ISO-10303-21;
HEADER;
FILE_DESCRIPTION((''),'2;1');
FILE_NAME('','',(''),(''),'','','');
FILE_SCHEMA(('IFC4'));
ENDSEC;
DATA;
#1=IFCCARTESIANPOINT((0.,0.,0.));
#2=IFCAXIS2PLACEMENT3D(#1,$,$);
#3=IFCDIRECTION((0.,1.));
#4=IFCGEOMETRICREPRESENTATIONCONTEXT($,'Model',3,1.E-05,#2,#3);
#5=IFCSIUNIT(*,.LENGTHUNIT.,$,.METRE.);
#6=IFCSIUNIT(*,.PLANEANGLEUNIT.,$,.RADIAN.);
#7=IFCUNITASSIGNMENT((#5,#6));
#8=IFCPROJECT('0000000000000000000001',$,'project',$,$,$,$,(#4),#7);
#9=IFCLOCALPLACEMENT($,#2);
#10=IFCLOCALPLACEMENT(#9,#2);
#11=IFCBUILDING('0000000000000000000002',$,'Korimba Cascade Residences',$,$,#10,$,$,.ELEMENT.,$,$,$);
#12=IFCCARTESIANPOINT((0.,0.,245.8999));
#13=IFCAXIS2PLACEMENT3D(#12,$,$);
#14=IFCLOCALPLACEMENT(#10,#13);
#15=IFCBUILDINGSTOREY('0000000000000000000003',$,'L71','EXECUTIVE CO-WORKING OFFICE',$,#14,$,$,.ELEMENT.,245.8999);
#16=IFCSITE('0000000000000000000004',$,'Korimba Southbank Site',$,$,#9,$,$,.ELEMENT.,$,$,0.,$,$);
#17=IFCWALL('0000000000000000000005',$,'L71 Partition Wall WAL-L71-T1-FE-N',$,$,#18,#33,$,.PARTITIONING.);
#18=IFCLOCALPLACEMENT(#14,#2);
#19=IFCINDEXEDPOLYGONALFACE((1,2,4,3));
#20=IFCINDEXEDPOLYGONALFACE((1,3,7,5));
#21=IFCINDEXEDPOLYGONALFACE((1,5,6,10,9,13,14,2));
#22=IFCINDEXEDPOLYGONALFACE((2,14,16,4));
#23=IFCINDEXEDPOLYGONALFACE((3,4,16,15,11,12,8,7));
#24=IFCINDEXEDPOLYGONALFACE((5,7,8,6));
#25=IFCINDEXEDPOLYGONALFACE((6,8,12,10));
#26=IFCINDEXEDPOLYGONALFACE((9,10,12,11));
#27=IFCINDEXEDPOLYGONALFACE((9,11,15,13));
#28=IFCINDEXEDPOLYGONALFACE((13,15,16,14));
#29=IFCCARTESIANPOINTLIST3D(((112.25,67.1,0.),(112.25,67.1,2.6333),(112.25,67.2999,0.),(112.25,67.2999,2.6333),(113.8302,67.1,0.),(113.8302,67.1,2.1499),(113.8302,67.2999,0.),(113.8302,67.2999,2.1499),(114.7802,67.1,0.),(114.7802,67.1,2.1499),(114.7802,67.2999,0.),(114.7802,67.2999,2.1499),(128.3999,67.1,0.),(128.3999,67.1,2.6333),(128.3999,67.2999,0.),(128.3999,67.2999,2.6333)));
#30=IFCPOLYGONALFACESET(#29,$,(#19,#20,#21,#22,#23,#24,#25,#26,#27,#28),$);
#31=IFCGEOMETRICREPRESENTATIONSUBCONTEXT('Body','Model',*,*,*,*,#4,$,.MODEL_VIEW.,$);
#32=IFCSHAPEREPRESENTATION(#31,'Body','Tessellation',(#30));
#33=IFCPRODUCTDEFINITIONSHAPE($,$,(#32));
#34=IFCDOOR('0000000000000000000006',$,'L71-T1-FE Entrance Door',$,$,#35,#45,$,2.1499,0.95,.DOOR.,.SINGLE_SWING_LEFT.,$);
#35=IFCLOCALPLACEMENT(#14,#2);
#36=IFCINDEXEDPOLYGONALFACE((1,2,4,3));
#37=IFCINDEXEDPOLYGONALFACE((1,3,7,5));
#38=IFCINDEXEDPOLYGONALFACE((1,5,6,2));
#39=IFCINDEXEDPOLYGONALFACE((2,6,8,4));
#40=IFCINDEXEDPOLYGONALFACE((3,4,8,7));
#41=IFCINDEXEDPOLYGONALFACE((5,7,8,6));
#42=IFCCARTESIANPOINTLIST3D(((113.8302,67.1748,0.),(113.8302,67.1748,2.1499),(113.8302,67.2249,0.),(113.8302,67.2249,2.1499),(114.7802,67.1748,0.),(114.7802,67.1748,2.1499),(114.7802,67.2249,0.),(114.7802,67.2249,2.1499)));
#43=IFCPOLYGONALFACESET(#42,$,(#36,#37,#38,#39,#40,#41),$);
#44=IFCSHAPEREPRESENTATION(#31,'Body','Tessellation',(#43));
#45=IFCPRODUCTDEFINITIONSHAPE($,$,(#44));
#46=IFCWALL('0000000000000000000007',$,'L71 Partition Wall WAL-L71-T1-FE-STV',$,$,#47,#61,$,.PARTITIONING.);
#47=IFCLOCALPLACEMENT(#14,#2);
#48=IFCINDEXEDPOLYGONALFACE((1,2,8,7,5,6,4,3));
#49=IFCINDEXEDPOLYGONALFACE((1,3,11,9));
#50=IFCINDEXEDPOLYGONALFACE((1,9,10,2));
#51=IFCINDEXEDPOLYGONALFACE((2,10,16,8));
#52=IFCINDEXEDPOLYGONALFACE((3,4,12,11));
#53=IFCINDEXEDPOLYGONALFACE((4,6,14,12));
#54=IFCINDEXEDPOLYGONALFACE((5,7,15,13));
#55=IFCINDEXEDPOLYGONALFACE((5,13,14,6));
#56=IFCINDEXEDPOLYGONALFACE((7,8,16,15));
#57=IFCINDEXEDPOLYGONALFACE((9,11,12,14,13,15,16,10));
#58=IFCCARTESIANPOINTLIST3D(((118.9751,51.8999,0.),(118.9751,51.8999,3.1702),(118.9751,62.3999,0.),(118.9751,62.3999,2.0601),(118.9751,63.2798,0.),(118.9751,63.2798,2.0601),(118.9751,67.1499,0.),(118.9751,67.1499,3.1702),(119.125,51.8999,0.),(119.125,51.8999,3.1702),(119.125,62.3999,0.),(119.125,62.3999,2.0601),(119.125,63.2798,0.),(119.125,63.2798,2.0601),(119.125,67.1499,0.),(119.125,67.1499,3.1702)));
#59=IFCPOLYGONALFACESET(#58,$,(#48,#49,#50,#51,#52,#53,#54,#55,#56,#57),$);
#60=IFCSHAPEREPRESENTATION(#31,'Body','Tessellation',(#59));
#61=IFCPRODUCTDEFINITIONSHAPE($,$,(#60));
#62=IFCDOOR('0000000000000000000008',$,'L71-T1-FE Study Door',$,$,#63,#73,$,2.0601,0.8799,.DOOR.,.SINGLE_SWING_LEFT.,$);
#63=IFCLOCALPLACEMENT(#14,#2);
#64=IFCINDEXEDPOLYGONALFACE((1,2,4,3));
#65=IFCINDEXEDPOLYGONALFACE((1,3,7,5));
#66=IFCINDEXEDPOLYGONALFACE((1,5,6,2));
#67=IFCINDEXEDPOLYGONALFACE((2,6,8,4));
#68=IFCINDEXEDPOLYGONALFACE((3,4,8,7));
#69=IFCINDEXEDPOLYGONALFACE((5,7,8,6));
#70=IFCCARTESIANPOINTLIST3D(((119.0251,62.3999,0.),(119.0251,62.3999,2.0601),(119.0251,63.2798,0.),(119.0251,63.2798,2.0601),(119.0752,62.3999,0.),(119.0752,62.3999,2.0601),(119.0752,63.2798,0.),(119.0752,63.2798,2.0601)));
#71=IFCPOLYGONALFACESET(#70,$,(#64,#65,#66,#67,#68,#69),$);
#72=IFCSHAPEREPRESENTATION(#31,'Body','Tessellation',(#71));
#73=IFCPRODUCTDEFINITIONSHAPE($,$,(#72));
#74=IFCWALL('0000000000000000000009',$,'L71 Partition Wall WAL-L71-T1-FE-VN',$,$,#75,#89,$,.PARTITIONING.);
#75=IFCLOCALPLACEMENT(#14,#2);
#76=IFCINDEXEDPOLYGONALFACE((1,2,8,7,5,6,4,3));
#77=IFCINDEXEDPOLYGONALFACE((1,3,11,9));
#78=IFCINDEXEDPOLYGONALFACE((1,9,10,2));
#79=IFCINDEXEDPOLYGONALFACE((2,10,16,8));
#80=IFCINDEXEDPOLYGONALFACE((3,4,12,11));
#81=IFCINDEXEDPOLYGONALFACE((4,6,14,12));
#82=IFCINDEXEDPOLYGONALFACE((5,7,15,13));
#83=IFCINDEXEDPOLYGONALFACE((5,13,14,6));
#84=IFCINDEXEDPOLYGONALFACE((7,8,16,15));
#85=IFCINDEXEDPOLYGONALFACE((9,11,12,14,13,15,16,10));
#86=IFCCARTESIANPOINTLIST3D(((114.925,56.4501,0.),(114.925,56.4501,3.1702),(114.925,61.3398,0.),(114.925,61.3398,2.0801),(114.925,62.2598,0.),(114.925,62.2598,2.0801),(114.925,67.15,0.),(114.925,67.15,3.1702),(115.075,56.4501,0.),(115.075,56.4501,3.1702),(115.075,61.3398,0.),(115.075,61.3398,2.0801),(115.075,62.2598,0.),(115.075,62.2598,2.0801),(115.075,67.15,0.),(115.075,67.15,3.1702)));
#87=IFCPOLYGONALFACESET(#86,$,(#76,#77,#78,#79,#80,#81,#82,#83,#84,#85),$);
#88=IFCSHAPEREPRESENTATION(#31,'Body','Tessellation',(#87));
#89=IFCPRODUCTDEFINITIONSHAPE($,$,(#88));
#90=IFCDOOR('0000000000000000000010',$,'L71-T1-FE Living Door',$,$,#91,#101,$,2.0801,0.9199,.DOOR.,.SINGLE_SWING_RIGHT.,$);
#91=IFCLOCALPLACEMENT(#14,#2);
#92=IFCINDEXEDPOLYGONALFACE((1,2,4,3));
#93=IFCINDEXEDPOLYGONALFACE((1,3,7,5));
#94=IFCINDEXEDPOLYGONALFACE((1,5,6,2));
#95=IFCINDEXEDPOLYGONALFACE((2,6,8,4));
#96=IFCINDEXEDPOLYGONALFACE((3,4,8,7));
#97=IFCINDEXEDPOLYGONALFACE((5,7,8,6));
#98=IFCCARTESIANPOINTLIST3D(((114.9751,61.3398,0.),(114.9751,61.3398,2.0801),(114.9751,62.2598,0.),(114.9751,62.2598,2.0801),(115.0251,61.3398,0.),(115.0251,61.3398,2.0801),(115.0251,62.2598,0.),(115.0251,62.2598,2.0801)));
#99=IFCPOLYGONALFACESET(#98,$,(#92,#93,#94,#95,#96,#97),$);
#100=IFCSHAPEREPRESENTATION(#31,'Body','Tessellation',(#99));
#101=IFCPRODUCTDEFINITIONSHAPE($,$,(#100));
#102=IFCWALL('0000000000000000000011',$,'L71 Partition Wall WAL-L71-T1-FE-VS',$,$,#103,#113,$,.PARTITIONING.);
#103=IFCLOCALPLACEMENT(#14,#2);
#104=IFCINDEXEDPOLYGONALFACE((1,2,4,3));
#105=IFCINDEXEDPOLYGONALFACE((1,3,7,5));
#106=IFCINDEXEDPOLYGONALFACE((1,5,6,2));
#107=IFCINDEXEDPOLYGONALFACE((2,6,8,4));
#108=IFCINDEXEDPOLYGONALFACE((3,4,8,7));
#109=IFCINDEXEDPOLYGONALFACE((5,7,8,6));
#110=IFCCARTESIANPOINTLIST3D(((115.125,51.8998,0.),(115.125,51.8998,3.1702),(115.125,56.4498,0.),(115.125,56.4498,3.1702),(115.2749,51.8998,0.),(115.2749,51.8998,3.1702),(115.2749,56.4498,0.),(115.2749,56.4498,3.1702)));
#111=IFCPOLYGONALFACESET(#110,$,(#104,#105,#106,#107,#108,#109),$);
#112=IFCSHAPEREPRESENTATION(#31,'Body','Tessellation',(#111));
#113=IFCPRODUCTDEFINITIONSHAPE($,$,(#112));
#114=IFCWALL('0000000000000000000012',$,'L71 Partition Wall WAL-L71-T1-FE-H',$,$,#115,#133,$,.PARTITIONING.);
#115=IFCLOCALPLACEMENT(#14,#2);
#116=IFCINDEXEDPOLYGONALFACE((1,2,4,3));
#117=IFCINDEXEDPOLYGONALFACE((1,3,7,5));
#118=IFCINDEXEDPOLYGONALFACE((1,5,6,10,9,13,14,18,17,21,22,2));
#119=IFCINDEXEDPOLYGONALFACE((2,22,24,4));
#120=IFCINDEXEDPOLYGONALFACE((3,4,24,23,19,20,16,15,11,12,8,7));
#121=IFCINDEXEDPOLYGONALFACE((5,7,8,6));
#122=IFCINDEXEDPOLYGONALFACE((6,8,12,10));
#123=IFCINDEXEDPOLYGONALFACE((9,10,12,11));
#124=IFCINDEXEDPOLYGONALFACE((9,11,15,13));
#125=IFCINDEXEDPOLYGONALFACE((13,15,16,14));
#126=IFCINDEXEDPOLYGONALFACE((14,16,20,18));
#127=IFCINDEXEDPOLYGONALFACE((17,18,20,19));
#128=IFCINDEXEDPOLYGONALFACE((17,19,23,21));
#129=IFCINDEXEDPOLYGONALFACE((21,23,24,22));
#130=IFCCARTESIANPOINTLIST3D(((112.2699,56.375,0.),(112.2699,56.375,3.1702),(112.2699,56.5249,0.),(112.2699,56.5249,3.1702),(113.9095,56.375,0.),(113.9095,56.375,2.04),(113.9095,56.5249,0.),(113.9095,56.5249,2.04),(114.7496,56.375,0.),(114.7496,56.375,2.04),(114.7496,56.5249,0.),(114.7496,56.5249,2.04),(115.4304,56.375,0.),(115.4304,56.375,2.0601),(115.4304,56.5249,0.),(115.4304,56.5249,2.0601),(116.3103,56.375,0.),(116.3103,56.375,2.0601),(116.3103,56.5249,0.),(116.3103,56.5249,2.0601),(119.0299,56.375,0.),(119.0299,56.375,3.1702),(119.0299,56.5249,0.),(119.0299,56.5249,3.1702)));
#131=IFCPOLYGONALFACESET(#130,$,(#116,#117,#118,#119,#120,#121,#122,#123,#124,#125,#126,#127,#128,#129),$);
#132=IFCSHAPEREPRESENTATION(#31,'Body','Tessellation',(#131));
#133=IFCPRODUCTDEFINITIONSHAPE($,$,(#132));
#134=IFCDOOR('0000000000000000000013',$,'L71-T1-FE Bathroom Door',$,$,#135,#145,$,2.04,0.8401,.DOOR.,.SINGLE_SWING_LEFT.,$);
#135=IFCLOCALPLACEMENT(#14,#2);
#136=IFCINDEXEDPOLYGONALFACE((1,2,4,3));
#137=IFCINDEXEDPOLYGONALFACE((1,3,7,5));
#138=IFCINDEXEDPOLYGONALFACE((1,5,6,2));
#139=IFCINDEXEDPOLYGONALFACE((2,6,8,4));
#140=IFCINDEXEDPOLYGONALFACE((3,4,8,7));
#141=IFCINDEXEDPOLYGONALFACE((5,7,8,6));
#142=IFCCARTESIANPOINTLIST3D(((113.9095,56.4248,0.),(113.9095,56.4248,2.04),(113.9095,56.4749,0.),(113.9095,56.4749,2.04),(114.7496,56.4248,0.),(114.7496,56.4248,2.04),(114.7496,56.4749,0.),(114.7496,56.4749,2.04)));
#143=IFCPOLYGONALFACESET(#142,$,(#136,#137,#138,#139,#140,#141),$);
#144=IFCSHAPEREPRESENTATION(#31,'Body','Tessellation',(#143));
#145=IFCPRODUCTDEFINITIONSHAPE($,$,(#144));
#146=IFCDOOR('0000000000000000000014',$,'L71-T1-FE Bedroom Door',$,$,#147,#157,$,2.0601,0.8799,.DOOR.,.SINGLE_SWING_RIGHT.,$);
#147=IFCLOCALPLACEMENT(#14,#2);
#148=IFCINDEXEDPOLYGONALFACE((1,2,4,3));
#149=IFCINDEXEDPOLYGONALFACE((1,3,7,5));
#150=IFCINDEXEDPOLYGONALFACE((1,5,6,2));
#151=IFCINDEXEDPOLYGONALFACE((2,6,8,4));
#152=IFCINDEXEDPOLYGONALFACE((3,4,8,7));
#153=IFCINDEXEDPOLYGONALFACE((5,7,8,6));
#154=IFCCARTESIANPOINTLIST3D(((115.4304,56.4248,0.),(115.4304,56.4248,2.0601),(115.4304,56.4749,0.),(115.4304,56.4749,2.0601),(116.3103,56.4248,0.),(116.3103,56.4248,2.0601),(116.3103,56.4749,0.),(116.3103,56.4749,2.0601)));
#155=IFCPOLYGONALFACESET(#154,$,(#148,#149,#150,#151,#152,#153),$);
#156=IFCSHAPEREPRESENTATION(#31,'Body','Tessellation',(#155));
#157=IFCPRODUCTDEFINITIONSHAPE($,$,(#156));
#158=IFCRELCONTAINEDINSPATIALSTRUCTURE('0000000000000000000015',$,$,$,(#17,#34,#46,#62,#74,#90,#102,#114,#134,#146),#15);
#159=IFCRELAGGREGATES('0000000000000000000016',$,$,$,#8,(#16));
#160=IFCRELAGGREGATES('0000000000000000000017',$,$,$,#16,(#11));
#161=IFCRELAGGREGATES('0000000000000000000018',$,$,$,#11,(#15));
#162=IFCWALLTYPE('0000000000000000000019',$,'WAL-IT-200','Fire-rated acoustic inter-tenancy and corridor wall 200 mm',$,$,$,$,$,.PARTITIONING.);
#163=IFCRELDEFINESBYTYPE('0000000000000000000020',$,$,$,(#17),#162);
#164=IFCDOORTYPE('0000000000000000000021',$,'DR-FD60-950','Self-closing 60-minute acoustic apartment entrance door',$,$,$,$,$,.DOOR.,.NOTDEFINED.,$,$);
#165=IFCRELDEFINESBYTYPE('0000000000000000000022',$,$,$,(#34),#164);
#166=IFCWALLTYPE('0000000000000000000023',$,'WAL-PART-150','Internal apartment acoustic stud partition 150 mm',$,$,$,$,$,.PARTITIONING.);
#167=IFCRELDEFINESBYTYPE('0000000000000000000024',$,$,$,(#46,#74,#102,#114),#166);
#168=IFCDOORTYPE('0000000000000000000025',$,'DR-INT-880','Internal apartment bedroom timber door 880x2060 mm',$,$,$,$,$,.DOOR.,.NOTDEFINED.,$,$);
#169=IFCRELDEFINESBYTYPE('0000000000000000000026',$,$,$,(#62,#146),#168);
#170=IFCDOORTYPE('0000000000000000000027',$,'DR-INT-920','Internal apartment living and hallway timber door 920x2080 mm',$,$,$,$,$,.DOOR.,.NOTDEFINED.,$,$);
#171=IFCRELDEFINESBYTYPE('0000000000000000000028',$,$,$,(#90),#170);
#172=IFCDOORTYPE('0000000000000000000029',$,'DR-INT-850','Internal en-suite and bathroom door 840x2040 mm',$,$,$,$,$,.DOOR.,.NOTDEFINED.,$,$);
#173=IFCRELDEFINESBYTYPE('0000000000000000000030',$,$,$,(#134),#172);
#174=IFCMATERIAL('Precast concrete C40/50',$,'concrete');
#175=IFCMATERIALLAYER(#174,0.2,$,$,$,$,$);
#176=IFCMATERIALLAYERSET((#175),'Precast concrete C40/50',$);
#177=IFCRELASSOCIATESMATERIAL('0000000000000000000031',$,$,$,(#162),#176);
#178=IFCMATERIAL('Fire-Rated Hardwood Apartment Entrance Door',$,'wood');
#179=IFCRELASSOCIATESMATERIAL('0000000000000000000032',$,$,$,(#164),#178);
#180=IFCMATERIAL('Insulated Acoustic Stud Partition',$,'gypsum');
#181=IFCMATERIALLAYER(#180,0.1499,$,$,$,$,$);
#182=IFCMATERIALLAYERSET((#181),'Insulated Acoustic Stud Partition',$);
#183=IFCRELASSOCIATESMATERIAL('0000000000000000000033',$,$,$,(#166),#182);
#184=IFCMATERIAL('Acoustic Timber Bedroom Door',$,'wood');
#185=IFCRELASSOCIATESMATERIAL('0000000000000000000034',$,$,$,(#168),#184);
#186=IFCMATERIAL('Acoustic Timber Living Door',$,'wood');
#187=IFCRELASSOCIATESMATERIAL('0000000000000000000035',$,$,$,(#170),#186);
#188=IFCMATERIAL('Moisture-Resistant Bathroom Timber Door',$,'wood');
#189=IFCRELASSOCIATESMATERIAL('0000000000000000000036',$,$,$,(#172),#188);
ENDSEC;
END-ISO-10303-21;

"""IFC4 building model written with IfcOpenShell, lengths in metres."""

from ifc_helpers import new_model, si_unit, direction, frame, frame_2d, origin, place, context, subcontext, project, spatial, rectangle, extrude, material, layer, layer_set, type_object, element, fill, save


model = new_model("IFC4")

# Units and contexts
model_context = context("Model", 3, precision=1e-05, world=origin(), true_north=direction((0.0, 1.0)))
body_context = subcontext(model_context, "Body", "Model", "MODEL_VIEW")
ifc_project = project(units=[si_unit("LENGTHUNIT", "METRE"), si_unit("PLANEANGLEUNIT", "RADIAN")], contexts=[model_context])

# Site, building, storey
site_placement = place(None, origin())
site = spatial("IfcSite", under=ifc_project, at=site_placement, Name="Korimba Southbank Site", CompositionType="ELEMENT", RefElevation=0.0)
building_placement = place(site_placement, origin())
building = spatial("IfcBuilding", under=site, at=building_placement, Name="Korimba Cascade Residences", CompositionType="ELEMENT")
storey_placement = place(building_placement, frame((0.0, 0.0, 245.8999)))
storey = spatial("IfcBuildingStorey", under=building, at=storey_placement, Name="L71", Description="EXECUTIVE CO-WORKING OFFICE", CompositionType="ELEMENT", Elevation=245.8999)

# Walls, openings, doors
ifc_material_1 = material(Name="Precast concrete C40/50", Category="concrete")
ifc_layer_1 = layer(ifc_material_1, 0.2)
ifc_layer_set_1 = layer_set([ifc_layer_1], Name="Precast concrete C40/50")
wall_type_1 = type_object("IfcWallType", Name="WAL-IT-200", Description="Fire-rated acoustic inter-tenancy and corridor wall 200 mm", PredefinedType="PARTITIONING", material=ifc_layer_set_1)
wall_1_placement = place(storey_placement, frame((112.25, 67.2, 0.0), z_axis=(0.0, 0.0, 1.0), x_axis=(1.0, 0.0, 0.0)))
wall_1 = element("IfcWall", 1, at=wall_1_placement, inside=storey, type_object=wall_type_1, Name="L71 Partition Wall WAL-L71-T1-FE-N", PredefinedType="PARTITIONING", context=body_context, shape_type="SweptSolid", body=[
    extrude(rectangle(XDim=16.1499, YDim=0.2, at=frame_2d((8.075, 0.0))), origin(), (0.0, 0.0, 1.0), 2.6333),
])
opening_1_placement = place(wall_1_placement, frame((1.5801, 0.0, 0.0)))
opening_1 = element("IfcOpeningElement", 2, at=opening_1_placement, cuts=wall_1, PredefinedType="OPENING", context=body_context, shape_type="SweptSolid", body=[
    extrude(rectangle(XDim=0.95, YDim=2.1499, at=frame_2d((0.4751, 1.075))), frame((0.0, 0.1099, 0.0), z_axis=(0.0, -1.0, 0.0), x_axis=(1.0, 0.0, 0.0)), (0.0, 0.0, 1.0), 0.22),
])
ifc_material_2 = material(Name="Fire-Rated Hardwood Apartment Entrance Door", Category="wood")
door_type_1 = type_object("IfcDoorType", Name="DR-FD60-950", Description="Self-closing 60-minute acoustic apartment entrance door", OperationType="NOTDEFINED", PredefinedType="DOOR", material=ifc_material_2)
door_1_placement = place(opening_1_placement, origin())
door_1 = element("IfcDoor", 3, at=door_1_placement, inside=storey, type_object=door_type_1, Name="L71-T1-FE Entrance Door", OperationType="SINGLE_SWING_LEFT", OverallHeight=2.1499, OverallWidth=0.95, PredefinedType="DOOR", context=body_context, shape_type="SweptSolid", body=[
    extrude(rectangle(XDim=0.95, YDim=2.1499, at=frame_2d((0.4751, 1.075))), frame((0.0, 0.0249, 0.0), z_axis=(0.0, -1.0, 0.0), x_axis=(1.0, 0.0, 0.0)), (0.0, 0.0, 1.0), 0.05),
])
fill(opening_1, door_1)
ifc_material_3 = material(Name="Insulated Acoustic Stud Partition", Category="gypsum")
ifc_layer_2 = layer(ifc_material_3, 0.1499)
ifc_layer_set_2 = layer_set([ifc_layer_2], Name="Insulated Acoustic Stud Partition")
wall_type_2 = type_object("IfcWallType", Name="WAL-PART-150", Description="Internal apartment acoustic stud partition 150 mm", PredefinedType="PARTITIONING", material=ifc_layer_set_2)
wall_2_placement = place(storey_placement, frame((119.05, 51.8999, 0.0), z_axis=(0.0, 0.0, 1.0), x_axis=(0.0, 1.0, 0.0)))
wall_2 = element("IfcWall", 4, at=wall_2_placement, inside=storey, type_object=wall_type_2, Name="L71 Partition Wall WAL-L71-T1-FE-STV", PredefinedType="PARTITIONING", context=body_context, shape_type="SweptSolid", body=[
    extrude(rectangle(XDim=15.25, YDim=0.1499, at=frame_2d((7.625, 0.0))), origin(), (0.0, 0.0, 1.0), 3.1702),
])
opening_2_placement = place(wall_2_placement, frame((10.5, 0.0, 0.0)))
opening_2 = element("IfcOpeningElement", 5, at=opening_2_placement, cuts=wall_2, PredefinedType="OPENING", context=body_context, shape_type="SweptSolid", body=[
    extrude(rectangle(XDim=0.8799, YDim=2.0601, at=frame_2d((0.4399, 1.03))), frame((0.0, 0.085, 0.0), z_axis=(0.0, -1.0, 0.0), x_axis=(1.0, 0.0, 0.0)), (0.0, 0.0, 1.0), 0.1699),
])
ifc_material_4 = material(Name="Acoustic Timber Bedroom Door", Category="wood")
door_type_2 = type_object("IfcDoorType", Name="DR-INT-880", Description="Internal apartment bedroom timber door 880x2060 mm", OperationType="NOTDEFINED", PredefinedType="DOOR", material=ifc_material_4)
door_2_placement = place(opening_2_placement, origin())
door_2 = element("IfcDoor", 6, at=door_2_placement, inside=storey, type_object=door_type_2, Name="L71-T1-FE Study Door", OperationType="SINGLE_SWING_LEFT", OverallHeight=2.0601, OverallWidth=0.8799, PredefinedType="DOOR", context=body_context, shape_type="SweptSolid", body=[
    extrude(rectangle(XDim=0.8799, YDim=2.0601, at=frame_2d((0.4399, 1.03))), frame((0.0, 0.0249, 0.0), z_axis=(0.0, -1.0, 0.0), x_axis=(1.0, 0.0, 0.0)), (0.0, 0.0, 1.0), 0.05),
])
fill(opening_2, door_2)
wall_3_placement = place(storey_placement, frame((115.0, 56.45, 0.0), z_axis=(0.0, 0.0, 1.0), x_axis=(0.0, 1.0, 0.0)))
wall_3 = element("IfcWall", 7, at=wall_3_placement, inside=storey, type_object=wall_type_2, Name="L71 Partition Wall WAL-L71-T1-FE-VN", PredefinedType="PARTITIONING", context=body_context, shape_type="SweptSolid", body=[
    extrude(rectangle(XDim=10.7, YDim=0.1499, at=frame_2d((5.3501, 0.0))), origin(), (0.0, 0.0, 1.0), 3.1702),
])
opening_3_placement = place(wall_3_placement, frame((4.8899, 0.0, 0.0)))
opening_3 = element("IfcOpeningElement", 8, at=opening_3_placement, cuts=wall_3, PredefinedType="OPENING", context=body_context, shape_type="SweptSolid", body=[
    extrude(rectangle(XDim=0.9199, YDim=2.0801, at=frame_2d((0.46, 1.04))), frame((0.0, 0.085, 0.0), z_axis=(0.0, -1.0, 0.0), x_axis=(1.0, 0.0, 0.0)), (0.0, 0.0, 1.0), 0.1699),
])
ifc_material_5 = material(Name="Acoustic Timber Living Door", Category="wood")
door_type_3 = type_object("IfcDoorType", Name="DR-INT-920", Description="Internal apartment living and hallway timber door 920x2080 mm", OperationType="NOTDEFINED", PredefinedType="DOOR", material=ifc_material_5)
door_3_placement = place(opening_3_placement, origin())
door_3 = element("IfcDoor", 9, at=door_3_placement, inside=storey, type_object=door_type_3, Name="L71-T1-FE Living Door", OperationType="SINGLE_SWING_RIGHT", OverallHeight=2.0801, OverallWidth=0.9199, PredefinedType="DOOR", context=body_context, shape_type="SweptSolid", body=[
    extrude(rectangle(XDim=0.9199, YDim=2.0801, at=frame_2d((0.46, 1.04))), frame((0.0, 0.0249, 0.0), z_axis=(0.0, -1.0, 0.0), x_axis=(1.0, 0.0, 0.0)), (0.0, 0.0, 1.0), 0.05),
])
fill(opening_3, door_3)

# Wall
wall_4_placement = place(storey_placement, frame((115.2, 51.8999, 0.0), z_axis=(0.0, 0.0, 1.0), x_axis=(0.0, 1.0, 0.0)))
element("IfcWall", 10, at=wall_4_placement, inside=storey, type_object=wall_type_2, Name="L71 Partition Wall WAL-L71-T1-FE-VS", PredefinedType="PARTITIONING", context=body_context, shape_type="SweptSolid", body=[
    extrude(rectangle(XDim=4.55, YDim=0.1499, at=frame_2d((2.2749, 0.0))), origin(), (0.0, 0.0, 1.0), 3.1702),
])

# Wall, openings, doors
wall_5_placement = place(storey_placement, frame((112.27, 56.45, 0.0), z_axis=(0.0, 0.0, 1.0), x_axis=(1.0, 0.0, 0.0)))
wall_5 = element("IfcWall", 11, at=wall_5_placement, inside=storey, type_object=wall_type_2, Name="L71 Partition Wall WAL-L71-T1-FE-H", PredefinedType="PARTITIONING", context=body_context, shape_type="SweptSolid", body=[
    extrude(rectangle(XDim=6.76, YDim=0.1499, at=frame_2d((3.3799, 0.0))), origin(), (0.0, 0.0, 1.0), 3.1702),
])
opening_4_placement = place(wall_5_placement, frame((1.6396, 0.0, 0.0)))
opening_4 = element("IfcOpeningElement", 12, at=opening_4_placement, cuts=wall_5, PredefinedType="OPENING", context=body_context, shape_type="SweptSolid", body=[
    extrude(rectangle(XDim=0.8401, YDim=2.04, at=frame_2d((0.4199, 1.02))), frame((0.0, 0.085, 0.0), z_axis=(0.0, -1.0, 0.0), x_axis=(1.0, 0.0, 0.0)), (0.0, 0.0, 1.0), 0.1699),
])
opening_5_placement = place(wall_5_placement, frame((3.1604, 0.0, 0.0)))
opening_5 = element("IfcOpeningElement", 13, at=opening_5_placement, cuts=wall_5, PredefinedType="OPENING", context=body_context, shape_type="SweptSolid", body=[
    extrude(rectangle(XDim=0.8799, YDim=2.0601, at=frame_2d((0.4399, 1.03))), frame((0.0, 0.085, 0.0), z_axis=(0.0, -1.0, 0.0), x_axis=(1.0, 0.0, 0.0)), (0.0, 0.0, 1.0), 0.1699),
])
ifc_material_6 = material(Name="Moisture-Resistant Bathroom Timber Door", Category="wood")
door_type_4 = type_object("IfcDoorType", Name="DR-INT-850", Description="Internal en-suite and bathroom door 840x2040 mm", OperationType="NOTDEFINED", PredefinedType="DOOR", material=ifc_material_6)
door_4_placement = place(opening_4_placement, origin())
door_4 = element("IfcDoor", 14, at=door_4_placement, inside=storey, type_object=door_type_4, Name="L71-T1-FE Bathroom Door", OperationType="SINGLE_SWING_LEFT", OverallHeight=2.04, OverallWidth=0.8401, PredefinedType="DOOR", context=body_context, shape_type="SweptSolid", body=[
    extrude(rectangle(XDim=0.8401, YDim=2.04, at=frame_2d((0.4199, 1.02))), frame((0.0, 0.0249, 0.0), z_axis=(0.0, -1.0, 0.0), x_axis=(1.0, 0.0, 0.0)), (0.0, 0.0, 1.0), 0.05),
])
fill(opening_4, door_4)
door_5_placement = place(opening_5_placement, origin())
door_5 = element("IfcDoor", 15, at=door_5_placement, inside=storey, type_object=door_type_2, Name="L71-T1-FE Bedroom Door", OperationType="SINGLE_SWING_RIGHT", OverallHeight=2.0601, OverallWidth=0.8799, PredefinedType="DOOR", context=body_context, shape_type="SweptSolid", body=[
    extrude(rectangle(XDim=0.8799, YDim=2.0601, at=frame_2d((0.4399, 1.03))), frame((0.0, 0.0249, 0.0), z_axis=(0.0, -1.0, 0.0), x_axis=(1.0, 0.0, 0.0)), (0.0, 0.0, 1.0), 0.05),
])
fill(opening_5, door_5)

save(model, "model.ifc")
